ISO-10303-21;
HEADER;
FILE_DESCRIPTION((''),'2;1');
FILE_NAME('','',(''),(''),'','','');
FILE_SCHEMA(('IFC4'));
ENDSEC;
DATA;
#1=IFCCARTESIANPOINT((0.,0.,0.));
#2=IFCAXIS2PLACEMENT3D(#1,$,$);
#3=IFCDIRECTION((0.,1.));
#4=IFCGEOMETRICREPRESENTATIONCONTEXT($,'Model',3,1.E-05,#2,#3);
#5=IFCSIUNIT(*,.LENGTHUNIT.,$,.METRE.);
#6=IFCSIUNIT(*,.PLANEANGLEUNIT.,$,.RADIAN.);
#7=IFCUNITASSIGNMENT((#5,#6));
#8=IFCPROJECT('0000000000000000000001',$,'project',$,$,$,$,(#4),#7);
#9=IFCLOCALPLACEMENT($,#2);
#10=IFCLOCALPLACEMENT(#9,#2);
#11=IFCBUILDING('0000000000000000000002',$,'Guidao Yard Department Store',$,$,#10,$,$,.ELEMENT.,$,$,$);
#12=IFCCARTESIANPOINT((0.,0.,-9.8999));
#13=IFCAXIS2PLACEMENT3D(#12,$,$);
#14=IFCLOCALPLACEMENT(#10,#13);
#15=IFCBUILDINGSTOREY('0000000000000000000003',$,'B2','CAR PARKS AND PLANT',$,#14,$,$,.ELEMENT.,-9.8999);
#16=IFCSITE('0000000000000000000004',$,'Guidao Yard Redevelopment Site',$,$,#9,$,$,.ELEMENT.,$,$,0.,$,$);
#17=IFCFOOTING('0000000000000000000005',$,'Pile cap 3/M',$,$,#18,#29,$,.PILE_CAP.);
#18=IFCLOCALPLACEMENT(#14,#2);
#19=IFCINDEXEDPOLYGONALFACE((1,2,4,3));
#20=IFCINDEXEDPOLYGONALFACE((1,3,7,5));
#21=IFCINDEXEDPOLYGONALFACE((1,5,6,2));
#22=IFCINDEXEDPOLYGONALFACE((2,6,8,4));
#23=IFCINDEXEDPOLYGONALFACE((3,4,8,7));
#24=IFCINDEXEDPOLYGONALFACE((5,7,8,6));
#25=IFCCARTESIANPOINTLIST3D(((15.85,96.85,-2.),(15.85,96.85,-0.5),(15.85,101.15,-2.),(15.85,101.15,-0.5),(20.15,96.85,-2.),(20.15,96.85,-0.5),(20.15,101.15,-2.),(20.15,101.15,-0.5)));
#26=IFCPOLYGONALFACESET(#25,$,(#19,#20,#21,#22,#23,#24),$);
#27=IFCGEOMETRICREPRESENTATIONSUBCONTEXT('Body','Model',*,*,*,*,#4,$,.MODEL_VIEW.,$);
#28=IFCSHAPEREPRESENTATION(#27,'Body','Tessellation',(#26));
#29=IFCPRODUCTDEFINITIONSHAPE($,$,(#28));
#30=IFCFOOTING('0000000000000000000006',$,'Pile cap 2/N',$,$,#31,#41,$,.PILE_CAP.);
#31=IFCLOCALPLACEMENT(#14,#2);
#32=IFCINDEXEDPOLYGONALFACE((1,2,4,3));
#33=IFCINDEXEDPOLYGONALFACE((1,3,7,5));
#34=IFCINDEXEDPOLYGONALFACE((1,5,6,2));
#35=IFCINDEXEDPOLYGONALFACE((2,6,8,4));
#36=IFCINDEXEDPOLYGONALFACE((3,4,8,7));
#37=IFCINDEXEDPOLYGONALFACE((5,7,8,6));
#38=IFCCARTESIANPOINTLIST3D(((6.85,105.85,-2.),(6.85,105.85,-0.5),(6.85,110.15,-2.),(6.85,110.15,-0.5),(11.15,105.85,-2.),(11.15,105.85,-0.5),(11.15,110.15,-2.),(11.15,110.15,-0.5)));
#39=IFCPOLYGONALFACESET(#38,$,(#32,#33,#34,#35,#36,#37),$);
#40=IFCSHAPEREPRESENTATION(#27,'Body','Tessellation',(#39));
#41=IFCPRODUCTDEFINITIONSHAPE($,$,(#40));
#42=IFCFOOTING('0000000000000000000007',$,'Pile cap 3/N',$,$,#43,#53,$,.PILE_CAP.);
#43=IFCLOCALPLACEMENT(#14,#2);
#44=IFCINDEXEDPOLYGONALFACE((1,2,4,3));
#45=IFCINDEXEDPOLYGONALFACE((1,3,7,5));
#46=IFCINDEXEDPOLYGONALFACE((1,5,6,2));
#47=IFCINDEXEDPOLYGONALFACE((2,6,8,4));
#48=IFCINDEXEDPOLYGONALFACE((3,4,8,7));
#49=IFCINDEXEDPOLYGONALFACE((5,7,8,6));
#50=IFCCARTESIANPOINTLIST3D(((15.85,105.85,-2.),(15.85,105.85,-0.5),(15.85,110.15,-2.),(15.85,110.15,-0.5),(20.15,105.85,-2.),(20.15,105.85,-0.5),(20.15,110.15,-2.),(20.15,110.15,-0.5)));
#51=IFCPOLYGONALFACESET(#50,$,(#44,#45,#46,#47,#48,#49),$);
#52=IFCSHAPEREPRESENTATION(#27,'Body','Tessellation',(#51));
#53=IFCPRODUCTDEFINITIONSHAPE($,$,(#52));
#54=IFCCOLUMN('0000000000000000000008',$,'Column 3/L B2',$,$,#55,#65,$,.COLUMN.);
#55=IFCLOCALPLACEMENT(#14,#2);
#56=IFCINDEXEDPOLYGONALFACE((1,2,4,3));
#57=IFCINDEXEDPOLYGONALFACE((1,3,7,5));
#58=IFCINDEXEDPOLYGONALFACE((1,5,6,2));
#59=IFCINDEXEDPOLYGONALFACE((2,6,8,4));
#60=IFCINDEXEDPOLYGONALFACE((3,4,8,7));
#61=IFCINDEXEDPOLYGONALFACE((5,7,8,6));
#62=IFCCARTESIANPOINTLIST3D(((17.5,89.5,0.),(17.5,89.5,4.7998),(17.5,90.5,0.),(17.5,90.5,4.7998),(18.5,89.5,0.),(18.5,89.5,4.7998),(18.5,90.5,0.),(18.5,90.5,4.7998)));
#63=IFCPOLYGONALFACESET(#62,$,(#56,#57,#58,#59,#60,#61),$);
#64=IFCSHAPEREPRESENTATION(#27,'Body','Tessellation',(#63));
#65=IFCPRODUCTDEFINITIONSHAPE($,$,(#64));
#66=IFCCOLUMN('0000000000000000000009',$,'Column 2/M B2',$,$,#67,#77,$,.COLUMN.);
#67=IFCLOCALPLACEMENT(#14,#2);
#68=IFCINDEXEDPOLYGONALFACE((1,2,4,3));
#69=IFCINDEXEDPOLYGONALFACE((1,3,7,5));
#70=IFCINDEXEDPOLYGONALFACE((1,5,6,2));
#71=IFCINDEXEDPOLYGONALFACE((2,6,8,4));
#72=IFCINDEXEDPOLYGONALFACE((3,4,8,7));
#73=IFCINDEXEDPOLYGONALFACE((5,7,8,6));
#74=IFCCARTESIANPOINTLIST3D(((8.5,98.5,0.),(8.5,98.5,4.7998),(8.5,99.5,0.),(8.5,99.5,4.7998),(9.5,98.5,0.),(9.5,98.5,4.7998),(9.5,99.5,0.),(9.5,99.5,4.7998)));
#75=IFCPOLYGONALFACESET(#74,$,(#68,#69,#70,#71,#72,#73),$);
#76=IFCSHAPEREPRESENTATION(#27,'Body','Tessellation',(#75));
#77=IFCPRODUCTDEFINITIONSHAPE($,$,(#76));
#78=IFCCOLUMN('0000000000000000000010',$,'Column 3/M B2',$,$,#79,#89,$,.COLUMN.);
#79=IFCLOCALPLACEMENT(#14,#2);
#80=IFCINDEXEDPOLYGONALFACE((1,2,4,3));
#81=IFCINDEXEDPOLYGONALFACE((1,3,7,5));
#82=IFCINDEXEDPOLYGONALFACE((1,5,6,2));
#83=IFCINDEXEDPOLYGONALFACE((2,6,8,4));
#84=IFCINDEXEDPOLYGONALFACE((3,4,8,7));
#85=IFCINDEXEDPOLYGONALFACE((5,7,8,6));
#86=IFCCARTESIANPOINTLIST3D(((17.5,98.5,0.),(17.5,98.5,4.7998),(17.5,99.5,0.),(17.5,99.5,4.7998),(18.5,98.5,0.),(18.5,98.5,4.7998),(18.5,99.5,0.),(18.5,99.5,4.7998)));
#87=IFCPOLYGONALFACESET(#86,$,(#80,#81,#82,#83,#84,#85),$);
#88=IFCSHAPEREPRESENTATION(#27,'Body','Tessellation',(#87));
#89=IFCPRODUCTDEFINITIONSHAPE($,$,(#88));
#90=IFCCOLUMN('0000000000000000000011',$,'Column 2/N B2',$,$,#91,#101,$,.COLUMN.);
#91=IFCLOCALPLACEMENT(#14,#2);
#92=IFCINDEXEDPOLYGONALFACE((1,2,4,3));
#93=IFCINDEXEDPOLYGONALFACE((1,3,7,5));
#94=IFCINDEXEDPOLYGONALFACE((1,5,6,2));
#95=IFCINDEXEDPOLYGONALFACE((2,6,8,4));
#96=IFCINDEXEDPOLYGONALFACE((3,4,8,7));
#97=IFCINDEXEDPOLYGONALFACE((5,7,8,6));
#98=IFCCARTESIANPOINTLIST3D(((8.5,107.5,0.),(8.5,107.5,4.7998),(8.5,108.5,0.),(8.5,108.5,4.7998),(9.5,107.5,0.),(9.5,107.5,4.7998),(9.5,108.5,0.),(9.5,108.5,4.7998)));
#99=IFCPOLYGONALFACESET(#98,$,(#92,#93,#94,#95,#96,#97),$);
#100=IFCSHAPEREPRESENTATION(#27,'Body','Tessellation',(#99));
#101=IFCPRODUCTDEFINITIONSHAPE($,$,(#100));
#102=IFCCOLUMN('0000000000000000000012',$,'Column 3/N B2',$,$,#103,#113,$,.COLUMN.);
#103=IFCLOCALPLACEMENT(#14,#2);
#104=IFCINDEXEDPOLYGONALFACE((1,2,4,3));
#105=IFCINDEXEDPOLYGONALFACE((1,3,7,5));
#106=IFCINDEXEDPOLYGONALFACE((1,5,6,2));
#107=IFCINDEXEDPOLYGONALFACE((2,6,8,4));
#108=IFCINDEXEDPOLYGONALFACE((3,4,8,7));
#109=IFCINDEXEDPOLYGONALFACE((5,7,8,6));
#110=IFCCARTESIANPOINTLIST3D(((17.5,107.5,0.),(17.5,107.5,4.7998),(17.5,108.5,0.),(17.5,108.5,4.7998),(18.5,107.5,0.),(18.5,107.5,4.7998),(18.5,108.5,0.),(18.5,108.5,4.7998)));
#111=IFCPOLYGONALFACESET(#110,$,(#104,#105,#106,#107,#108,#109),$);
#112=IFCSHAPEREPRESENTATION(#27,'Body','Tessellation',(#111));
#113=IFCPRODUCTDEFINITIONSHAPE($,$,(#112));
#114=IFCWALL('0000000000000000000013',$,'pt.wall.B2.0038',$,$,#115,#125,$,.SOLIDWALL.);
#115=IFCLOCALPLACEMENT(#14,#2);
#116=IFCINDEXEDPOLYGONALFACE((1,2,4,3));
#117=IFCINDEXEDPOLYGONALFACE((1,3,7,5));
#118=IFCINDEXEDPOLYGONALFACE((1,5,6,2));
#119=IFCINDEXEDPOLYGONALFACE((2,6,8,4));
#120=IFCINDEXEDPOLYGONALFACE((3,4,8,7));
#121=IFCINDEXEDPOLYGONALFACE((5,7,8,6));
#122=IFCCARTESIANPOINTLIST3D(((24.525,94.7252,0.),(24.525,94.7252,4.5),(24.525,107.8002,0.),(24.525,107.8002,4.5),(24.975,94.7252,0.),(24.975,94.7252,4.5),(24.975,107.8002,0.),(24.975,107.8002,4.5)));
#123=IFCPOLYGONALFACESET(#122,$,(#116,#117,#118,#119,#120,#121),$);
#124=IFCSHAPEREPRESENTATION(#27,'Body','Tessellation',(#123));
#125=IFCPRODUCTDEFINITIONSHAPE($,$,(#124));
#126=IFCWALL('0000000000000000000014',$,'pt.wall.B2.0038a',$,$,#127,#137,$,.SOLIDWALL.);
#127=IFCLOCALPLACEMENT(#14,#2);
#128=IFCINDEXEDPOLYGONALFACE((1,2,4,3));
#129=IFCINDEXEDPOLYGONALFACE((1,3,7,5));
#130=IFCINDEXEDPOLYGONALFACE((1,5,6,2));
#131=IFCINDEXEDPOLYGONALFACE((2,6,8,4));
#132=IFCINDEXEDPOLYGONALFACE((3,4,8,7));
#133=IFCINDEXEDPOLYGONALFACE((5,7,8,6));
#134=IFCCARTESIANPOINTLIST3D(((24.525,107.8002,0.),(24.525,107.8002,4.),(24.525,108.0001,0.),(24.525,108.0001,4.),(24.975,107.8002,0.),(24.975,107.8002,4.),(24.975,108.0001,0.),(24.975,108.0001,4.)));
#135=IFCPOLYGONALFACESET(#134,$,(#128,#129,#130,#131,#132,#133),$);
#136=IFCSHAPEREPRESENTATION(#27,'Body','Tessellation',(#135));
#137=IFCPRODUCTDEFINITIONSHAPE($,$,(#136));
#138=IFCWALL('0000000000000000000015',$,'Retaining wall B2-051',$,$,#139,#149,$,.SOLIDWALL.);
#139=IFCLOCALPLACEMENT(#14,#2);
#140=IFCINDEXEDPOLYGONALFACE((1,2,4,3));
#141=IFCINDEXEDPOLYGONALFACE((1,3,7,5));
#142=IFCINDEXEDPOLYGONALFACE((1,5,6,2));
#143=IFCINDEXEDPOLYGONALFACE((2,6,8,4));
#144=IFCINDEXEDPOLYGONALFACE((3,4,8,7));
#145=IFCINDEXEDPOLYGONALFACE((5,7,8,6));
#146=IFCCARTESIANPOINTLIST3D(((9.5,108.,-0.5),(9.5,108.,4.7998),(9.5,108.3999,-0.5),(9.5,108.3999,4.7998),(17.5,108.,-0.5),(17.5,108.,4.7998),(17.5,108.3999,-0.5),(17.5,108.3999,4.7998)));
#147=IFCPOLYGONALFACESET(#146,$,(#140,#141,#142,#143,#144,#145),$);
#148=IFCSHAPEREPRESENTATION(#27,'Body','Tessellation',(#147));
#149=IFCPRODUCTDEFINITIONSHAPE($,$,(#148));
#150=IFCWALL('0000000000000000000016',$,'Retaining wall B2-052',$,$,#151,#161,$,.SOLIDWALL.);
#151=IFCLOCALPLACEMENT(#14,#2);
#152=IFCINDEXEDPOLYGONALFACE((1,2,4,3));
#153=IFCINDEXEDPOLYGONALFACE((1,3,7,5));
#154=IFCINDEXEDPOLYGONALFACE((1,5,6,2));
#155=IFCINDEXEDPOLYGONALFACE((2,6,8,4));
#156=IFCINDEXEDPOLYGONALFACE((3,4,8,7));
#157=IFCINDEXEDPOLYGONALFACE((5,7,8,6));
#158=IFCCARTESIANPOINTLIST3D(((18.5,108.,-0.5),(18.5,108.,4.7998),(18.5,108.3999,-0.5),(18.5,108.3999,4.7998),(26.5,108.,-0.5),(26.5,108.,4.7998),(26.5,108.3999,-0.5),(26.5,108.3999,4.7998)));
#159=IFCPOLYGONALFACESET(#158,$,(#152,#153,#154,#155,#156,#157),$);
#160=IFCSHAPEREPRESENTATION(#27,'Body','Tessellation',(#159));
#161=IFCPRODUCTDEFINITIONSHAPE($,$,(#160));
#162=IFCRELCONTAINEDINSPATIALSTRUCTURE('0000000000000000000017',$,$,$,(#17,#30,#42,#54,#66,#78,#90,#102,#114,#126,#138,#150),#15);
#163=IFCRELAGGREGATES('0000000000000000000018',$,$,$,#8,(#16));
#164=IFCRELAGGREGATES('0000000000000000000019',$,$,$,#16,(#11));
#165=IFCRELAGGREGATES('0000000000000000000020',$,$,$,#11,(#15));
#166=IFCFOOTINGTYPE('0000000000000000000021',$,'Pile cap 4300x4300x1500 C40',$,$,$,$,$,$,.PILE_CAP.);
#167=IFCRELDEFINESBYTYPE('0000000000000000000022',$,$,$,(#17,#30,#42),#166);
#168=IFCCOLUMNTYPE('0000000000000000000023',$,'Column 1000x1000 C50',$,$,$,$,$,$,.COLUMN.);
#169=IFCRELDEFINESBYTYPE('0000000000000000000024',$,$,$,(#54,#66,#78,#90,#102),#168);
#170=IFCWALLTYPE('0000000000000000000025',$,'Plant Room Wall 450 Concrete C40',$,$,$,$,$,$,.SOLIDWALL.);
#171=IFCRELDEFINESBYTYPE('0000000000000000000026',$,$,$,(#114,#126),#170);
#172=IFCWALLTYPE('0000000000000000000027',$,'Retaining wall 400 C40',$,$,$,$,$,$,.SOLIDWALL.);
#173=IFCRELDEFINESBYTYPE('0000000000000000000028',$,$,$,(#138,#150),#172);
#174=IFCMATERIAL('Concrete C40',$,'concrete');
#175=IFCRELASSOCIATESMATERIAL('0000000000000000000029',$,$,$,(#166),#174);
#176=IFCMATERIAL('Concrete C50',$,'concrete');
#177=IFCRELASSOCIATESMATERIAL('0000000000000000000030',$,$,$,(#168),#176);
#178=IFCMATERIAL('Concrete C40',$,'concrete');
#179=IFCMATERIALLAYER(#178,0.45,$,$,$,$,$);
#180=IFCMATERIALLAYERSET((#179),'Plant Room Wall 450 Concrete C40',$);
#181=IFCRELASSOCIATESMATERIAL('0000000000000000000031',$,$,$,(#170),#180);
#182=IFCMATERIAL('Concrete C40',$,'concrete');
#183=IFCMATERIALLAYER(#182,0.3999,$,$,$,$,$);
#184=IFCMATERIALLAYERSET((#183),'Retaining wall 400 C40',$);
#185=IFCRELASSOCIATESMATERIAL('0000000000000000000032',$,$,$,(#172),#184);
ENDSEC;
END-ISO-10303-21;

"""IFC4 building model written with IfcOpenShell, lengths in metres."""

from ifc_helpers import new_model, si_unit, direction, frame, frame_2d, origin, origin_2d, place, context, subcontext, project, spatial, rectangle, extrude, material, layer, layer_set, material_profile, profile_set, type_object, element, save


model = new_model("IFC4")

# Units and contexts
model_context = context("Model", 3, precision=1e-05, world=origin(), true_north=direction((0.0, 1.0)))
body_context = subcontext(model_context, "Body", "Model", "MODEL_VIEW")
ifc_project = project(units=[si_unit("LENGTHUNIT", "METRE"), si_unit("PLANEANGLEUNIT", "RADIAN")], contexts=[model_context])

# Site, building, storey
site_placement = place(None, origin())
site = spatial("IfcSite", under=ifc_project, at=site_placement, Name="Guidao Yard Redevelopment Site", CompositionType="ELEMENT", RefElevation=0.0)
building_placement = place(site_placement, origin())
building = spatial("IfcBuilding", under=site, at=building_placement, Name="Guidao Yard Department Store", CompositionType="ELEMENT")
storey_placement = place(building_placement, frame((0.0, 0.0, -9.8999)))
storey = spatial("IfcBuildingStorey", under=building, at=storey_placement, Name="B2", Description="CAR PARKS AND PLANT", CompositionType="ELEMENT", Elevation=-9.8999)

# Footings
ifc_material_1 = material(Name="Concrete C40", Category="concrete")
footing_type = type_object("IfcFootingType", Name="Pile cap 4300x4300x1500 C40", PredefinedType="PILE_CAP", material=ifc_material_1)
for number, where, z_axis, x_axis, name in (
    (1, (18.0, 99.0, -2.0), (0.0, 0.0, 1.0), (1.0, 0.0, 0.0), "Pile cap 3/M"),
    (2, (9.0, 108.0, -2.0), (0.0, 0.0, 1.0), (1.0, 0.0, 0.0), "Pile cap 2/N"),
    (3, (18.0, 108.0, -2.0), (0.0, 0.0, 1.0), (1.0, 0.0, 0.0), "Pile cap 3/N"),
):
    element("IfcFooting", number, at=place(storey_placement, frame(where, z_axis=z_axis, x_axis=x_axis)), inside=storey, type_object=footing_type, Name=name, PredefinedType="PILE_CAP", context=body_context, shape_type="SweptSolid", body=[
        extrude(rectangle(XDim=4.3, YDim=4.3, at=origin_2d()), origin(), (0.0, 0.0, 1.0), 1.5),
    ])

# Columns
ifc_material_2 = material(Name="Concrete C50", Category="concrete")
ifc_material_profile_1 = material_profile(ifc_material_2, rectangle(XDim=1.0, YDim=1.0, at=origin_2d()), Name="COL 1000x1000")
ifc_profile_set_1 = profile_set([ifc_material_profile_1], Name="Concrete C50")
column_type = type_object("IfcColumnType", Name="Column 1000x1000 C50", PredefinedType="COLUMN", material=ifc_profile_set_1)
for number, where, z_axis, x_axis, name in (
    (4, (18.0, 90.0, 0.0), (0.0, 0.0, 1.0), (1.0, 0.0, 0.0), "Column 3/L B2"),
    (5, (9.0, 99.0, 0.0), (0.0, 0.0, 1.0), (1.0, 0.0, 0.0), "Column 2/M B2"),
    (6, (18.0, 99.0, 0.0), (0.0, 0.0, 1.0), (1.0, 0.0, 0.0), "Column 3/M B2"),
    (7, (9.0, 108.0, 0.0), (0.0, 0.0, 1.0), (1.0, 0.0, 0.0), "Column 2/N B2"),
    (8, (18.0, 108.0, 0.0), (0.0, 0.0, 1.0), (1.0, 0.0, 0.0), "Column 3/N B2"),
):
    element("IfcColumn", number, at=place(storey_placement, frame(where, z_axis=z_axis, x_axis=x_axis)), inside=storey, type_object=column_type, Name=name, PredefinedType="COLUMN", context=body_context, shape_type="SweptSolid", body=[
        extrude(rectangle(XDim=1.0, YDim=1.0, at=origin_2d()), origin(), (0.0, 0.0, 1.0), 4.7998),
    ])

# Walls
ifc_material_3 = material(Name="Concrete C40", Category="concrete")
ifc_layer_1 = layer(ifc_material_3, 0.45)
ifc_layer_set_1 = layer_set([ifc_layer_1], Name="Plant Room Wall 450 Concrete C40")
wall_type_1 = type_object("IfcWallType", Name="Plant Room Wall 450 Concrete C40", PredefinedType="SOLIDWALL", material=ifc_layer_set_1)
wall_1_placement = place(storey_placement, frame((24.75, 94.7251, 0.0), z_axis=(0.0, 0.0, 1.0), x_axis=(0.0, 1.0, 0.0)))
element("IfcWall", 9, at=wall_1_placement, inside=storey, type_object=wall_type_1, Name="pt.wall.B2.0038", PredefinedType="SOLIDWALL", context=body_context, shape_type="SweptSolid", body=[
    extrude(rectangle(XDim=13.075, YDim=0.45, at=frame_2d((6.5376, 0.0))), origin(), (0.0, 0.0, 1.0), 4.5),
])
wall_2_placement = place(storey_placement, frame((24.75, 107.8, 0.0), z_axis=(0.0, 0.0, 1.0), x_axis=(0.0, 1.0, 0.0)))
element("IfcWall", 10, at=wall_2_placement, inside=storey, type_object=wall_type_1, Name="pt.wall.B2.0038a", PredefinedType="SOLIDWALL", context=body_context, shape_type="SweptSolid", body=[
    extrude(rectangle(XDim=0.2, YDim=0.45, at=frame_2d((0.1001, 0.0))), origin(), (0.0, 0.0, 1.0), 4.0),
])
ifc_material_4 = material(Name="Concrete C40", Category="concrete")
ifc_layer_2 = layer(ifc_material_4, 0.3999)
ifc_layer_set_2 = layer_set([ifc_layer_2], Name="Retaining wall 400 C40")
wall_type_2 = type_object("IfcWallType", Name="Retaining wall 400 C40", PredefinedType="SOLIDWALL", material=ifc_layer_set_2)
for number, where, z_axis, x_axis, name in (
    (11, (9.5, 108.2, -0.5), (0.0, 0.0, 1.0), (1.0, 0.0, 0.0), "Retaining wall B2-051"),
    (12, (18.5, 108.2, -0.5), (0.0, 0.0, 1.0), (1.0, 0.0, 0.0), "Retaining wall B2-052"),
):
    element("IfcWall", number, at=place(storey_placement, frame(where, z_axis=z_axis, x_axis=x_axis)), inside=storey, type_object=wall_type_2, Name=name, PredefinedType="SOLIDWALL", context=body_context, shape_type="SweptSolid", body=[
        extrude(rectangle(XDim=8.0, YDim=0.3999, at=frame_2d((4.0, 0.0))), origin(), (0.0, 0.0, 1.0), 5.2998),
    ])

save(model, "model.ifc")
